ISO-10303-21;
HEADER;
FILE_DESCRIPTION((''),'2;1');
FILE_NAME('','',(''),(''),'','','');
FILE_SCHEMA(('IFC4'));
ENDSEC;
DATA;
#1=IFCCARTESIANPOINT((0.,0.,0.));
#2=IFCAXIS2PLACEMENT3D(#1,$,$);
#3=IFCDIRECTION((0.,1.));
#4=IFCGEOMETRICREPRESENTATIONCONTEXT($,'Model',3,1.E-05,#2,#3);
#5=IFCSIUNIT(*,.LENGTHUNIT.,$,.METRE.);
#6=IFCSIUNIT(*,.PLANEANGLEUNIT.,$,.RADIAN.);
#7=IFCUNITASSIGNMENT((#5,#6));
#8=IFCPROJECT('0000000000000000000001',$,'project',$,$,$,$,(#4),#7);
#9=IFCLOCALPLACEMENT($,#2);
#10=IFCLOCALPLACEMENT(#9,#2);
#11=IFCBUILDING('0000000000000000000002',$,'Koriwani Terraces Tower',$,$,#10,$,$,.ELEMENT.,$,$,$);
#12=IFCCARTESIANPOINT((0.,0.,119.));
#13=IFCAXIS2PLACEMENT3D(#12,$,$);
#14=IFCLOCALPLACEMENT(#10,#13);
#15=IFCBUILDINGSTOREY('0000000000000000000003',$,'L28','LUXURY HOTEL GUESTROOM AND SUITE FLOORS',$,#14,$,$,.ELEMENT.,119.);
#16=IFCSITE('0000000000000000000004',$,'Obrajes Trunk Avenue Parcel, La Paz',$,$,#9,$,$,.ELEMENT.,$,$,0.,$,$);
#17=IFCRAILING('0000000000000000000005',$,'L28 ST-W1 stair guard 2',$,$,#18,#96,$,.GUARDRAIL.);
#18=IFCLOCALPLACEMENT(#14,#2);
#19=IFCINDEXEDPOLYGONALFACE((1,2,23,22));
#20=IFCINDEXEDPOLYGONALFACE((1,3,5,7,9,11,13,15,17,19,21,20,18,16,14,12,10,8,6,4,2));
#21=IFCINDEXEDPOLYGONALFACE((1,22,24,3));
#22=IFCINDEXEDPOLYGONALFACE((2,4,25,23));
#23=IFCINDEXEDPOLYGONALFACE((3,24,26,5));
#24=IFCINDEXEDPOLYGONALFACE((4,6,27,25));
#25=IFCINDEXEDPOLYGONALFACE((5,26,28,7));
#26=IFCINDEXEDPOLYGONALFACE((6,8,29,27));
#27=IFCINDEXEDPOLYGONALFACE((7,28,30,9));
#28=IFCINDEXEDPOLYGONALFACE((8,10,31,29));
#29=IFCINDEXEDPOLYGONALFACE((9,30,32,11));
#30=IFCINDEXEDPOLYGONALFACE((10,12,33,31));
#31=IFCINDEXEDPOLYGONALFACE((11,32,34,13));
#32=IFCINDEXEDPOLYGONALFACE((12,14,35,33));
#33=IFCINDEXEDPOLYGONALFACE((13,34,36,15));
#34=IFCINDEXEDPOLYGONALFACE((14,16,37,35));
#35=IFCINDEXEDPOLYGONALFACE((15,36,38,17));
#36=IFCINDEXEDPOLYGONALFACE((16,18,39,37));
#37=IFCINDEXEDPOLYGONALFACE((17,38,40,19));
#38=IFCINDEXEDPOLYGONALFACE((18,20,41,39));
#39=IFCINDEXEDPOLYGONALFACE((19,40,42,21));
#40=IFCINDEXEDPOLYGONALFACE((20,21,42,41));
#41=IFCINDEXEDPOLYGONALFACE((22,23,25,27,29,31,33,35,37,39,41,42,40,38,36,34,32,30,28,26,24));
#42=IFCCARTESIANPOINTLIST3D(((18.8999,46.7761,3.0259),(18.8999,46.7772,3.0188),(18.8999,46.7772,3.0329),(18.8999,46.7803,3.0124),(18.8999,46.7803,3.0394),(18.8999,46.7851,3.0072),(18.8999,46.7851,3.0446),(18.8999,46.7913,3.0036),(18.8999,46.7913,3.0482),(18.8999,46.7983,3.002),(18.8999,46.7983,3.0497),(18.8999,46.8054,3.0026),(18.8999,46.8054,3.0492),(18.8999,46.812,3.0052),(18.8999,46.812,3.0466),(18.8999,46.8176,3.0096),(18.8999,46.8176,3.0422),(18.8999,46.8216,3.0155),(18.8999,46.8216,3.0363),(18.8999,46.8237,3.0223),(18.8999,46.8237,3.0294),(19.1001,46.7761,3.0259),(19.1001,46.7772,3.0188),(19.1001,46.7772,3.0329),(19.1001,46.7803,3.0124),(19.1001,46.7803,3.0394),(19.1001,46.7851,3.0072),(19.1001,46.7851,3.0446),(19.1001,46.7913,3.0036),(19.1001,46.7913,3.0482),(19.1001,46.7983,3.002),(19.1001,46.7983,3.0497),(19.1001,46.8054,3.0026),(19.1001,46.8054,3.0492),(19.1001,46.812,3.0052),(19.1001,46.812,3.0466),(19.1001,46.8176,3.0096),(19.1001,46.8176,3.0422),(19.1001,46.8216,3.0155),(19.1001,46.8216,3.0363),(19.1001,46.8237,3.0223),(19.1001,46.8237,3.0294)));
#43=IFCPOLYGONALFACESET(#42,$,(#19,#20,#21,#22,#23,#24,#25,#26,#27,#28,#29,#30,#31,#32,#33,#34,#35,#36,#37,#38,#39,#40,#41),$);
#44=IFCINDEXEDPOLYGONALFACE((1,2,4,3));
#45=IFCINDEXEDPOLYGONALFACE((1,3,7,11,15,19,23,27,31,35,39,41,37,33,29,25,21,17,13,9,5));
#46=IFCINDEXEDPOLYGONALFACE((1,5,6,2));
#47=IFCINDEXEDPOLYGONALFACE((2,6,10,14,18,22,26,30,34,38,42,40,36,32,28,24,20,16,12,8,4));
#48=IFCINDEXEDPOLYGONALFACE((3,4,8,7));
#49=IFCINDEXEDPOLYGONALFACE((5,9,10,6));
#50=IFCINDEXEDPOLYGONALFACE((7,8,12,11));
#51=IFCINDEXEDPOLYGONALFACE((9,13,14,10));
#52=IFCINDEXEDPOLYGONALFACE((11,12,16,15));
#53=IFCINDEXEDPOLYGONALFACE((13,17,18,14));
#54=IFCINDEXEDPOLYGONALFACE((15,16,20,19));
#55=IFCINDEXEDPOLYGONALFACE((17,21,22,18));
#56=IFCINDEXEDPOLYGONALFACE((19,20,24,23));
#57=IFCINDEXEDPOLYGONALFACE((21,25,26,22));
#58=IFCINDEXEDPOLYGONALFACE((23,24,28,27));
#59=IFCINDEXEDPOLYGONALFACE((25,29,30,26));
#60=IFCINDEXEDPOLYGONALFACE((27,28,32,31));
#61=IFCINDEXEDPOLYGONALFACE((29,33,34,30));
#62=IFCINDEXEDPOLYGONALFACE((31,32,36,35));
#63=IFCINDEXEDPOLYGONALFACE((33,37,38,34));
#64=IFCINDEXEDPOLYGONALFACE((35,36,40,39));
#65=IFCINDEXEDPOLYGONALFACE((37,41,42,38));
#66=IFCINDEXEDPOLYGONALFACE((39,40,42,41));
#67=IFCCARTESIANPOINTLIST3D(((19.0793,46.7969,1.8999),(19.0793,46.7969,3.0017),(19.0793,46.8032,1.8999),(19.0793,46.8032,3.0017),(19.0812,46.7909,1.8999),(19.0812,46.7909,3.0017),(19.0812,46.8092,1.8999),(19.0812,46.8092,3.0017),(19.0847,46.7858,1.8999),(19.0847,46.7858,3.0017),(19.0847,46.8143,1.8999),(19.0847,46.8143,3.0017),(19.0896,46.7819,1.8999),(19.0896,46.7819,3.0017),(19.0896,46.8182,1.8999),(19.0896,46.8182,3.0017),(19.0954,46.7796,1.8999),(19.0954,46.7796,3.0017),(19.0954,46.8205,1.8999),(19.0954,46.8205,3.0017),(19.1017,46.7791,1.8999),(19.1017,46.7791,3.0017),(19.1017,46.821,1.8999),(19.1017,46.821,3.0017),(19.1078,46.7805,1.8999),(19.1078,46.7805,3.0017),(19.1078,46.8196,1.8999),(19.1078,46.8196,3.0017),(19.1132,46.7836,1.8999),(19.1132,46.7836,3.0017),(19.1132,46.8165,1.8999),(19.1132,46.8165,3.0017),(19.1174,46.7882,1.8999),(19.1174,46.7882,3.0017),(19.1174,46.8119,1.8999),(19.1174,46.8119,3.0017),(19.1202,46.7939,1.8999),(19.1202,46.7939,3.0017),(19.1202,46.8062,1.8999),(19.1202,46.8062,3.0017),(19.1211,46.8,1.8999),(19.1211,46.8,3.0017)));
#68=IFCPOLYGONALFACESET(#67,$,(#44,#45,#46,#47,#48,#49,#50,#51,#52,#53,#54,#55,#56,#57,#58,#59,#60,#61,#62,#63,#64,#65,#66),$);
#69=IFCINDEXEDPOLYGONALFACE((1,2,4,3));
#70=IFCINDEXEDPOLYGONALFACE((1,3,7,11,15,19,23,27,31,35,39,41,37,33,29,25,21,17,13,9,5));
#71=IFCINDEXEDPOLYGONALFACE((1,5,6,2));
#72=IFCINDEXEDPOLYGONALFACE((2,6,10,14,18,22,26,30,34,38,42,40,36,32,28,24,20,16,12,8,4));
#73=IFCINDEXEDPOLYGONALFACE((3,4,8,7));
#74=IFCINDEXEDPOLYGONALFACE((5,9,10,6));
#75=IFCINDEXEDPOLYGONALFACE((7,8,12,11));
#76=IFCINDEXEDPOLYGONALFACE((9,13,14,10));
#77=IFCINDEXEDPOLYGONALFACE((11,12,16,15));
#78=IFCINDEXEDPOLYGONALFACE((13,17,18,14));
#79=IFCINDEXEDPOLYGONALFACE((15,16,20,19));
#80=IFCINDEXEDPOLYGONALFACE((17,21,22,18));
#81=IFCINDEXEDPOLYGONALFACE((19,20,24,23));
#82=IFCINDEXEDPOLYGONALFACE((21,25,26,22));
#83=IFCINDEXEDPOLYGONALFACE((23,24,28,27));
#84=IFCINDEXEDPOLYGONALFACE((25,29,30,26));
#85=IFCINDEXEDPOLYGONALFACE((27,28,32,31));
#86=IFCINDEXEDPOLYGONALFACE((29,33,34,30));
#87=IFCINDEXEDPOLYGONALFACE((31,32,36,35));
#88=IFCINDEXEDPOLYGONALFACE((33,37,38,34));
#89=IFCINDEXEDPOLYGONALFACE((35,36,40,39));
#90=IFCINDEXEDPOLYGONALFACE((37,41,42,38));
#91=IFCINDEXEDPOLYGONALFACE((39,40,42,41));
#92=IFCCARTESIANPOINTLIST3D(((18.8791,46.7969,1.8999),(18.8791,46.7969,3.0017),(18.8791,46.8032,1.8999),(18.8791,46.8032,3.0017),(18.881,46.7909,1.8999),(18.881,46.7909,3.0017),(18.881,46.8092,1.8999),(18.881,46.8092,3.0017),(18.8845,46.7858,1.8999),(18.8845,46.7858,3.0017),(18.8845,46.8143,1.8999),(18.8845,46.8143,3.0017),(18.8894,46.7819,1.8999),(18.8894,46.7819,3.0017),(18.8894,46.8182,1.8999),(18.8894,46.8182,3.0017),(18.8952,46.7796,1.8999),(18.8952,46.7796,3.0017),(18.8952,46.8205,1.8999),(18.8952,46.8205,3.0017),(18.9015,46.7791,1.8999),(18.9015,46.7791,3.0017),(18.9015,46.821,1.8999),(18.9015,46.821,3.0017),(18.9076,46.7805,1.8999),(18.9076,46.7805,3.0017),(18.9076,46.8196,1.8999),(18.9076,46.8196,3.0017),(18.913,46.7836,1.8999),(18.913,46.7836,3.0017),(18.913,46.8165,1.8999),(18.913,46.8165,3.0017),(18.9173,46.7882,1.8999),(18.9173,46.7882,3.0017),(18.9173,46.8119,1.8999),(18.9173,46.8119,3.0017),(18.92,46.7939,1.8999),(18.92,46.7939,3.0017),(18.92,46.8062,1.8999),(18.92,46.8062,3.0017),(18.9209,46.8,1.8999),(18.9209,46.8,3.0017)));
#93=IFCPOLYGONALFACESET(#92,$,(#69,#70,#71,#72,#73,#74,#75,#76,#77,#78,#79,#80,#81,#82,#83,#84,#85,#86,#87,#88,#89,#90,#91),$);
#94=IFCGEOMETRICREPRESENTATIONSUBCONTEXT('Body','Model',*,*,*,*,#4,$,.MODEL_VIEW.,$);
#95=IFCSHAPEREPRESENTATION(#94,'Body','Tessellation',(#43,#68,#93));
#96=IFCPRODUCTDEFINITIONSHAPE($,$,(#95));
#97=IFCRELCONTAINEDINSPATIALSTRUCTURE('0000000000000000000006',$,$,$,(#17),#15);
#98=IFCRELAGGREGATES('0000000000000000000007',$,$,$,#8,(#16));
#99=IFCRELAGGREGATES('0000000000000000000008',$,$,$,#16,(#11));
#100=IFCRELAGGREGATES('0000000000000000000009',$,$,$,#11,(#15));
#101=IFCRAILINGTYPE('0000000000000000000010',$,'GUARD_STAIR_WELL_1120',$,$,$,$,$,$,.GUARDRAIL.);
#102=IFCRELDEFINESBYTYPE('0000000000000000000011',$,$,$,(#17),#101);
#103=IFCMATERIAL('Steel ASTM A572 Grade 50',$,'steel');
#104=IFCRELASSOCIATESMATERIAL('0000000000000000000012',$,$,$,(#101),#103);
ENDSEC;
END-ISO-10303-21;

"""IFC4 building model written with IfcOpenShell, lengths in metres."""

from ifc_helpers import new_model, si_unit, direction, frame, origin, origin_2d, place, context, subcontext, project, spatial, circle, extrude, material, type_object, element, save


model = new_model("IFC4")

# Units and contexts
model_context = context("Model", 3, precision=1e-05, world=origin(), true_north=direction((0.0, 1.0)))
body_context = subcontext(model_context, "Body", "Model", "MODEL_VIEW")
ifc_project = project(units=[si_unit("LENGTHUNIT", "METRE"), si_unit("PLANEANGLEUNIT", "RADIAN")], contexts=[model_context])

# Site, building, storey
site_placement = place(None, origin())
site = spatial("IfcSite", under=ifc_project, at=site_placement, Name="Obrajes Trunk Avenue Parcel, La Paz", CompositionType="ELEMENT", RefElevation=0.0)
building_placement = place(site_placement, origin())
building = spatial("IfcBuilding", under=site, at=building_placement, Name="Koriwani Terraces Tower", CompositionType="ELEMENT")
storey_placement = place(building_placement, frame((0.0, 0.0, 119.0)))
storey = spatial("IfcBuildingStorey", under=building, at=storey_placement, Name="L28", Description="LUXURY HOTEL GUESTROOM AND SUITE FLOORS", CompositionType="ELEMENT", Elevation=119.0)

# Shared definitions
ifc_material_1 = material(Name="Steel ASTM A572 Grade 50", Category="steel")

# Railing
railing_type_1 = type_object("IfcRailingType", Name="GUARD_STAIR_WELL_1120", PredefinedType="GUARDRAIL", material=ifc_material_1)
railing_1_placement = place(storey_placement, frame((19.1001, 46.8, 1.8999)))
element("IfcRailing", 1, at=railing_1_placement, inside=storey, type_object=railing_type_1, Name="L28 ST-W1 stair guard 2", PredefinedType="GUARDRAIL", context=body_context, shape_type="SweptSolid", body=[
    extrude(circle(Radius=0.0239, at=origin_2d()), frame((0.0, 0.0, 1.126), z_axis=(-1.0, 0.0, 0.0), x_axis=(0.0, -1.0, 0.0)), (0.0, 0.0, 1.0), 0.2002),
    extrude(circle(Radius=0.021, at=origin_2d()), origin(), (0.0, 0.0, 1.0), 1.1018),
    extrude(circle(Radius=0.021, at=origin_2d()), frame((-0.2002, 0.0, 0.0)), (0.0, 0.0, 1.0), 1.1018),
])

save(model, "model.ifc")
